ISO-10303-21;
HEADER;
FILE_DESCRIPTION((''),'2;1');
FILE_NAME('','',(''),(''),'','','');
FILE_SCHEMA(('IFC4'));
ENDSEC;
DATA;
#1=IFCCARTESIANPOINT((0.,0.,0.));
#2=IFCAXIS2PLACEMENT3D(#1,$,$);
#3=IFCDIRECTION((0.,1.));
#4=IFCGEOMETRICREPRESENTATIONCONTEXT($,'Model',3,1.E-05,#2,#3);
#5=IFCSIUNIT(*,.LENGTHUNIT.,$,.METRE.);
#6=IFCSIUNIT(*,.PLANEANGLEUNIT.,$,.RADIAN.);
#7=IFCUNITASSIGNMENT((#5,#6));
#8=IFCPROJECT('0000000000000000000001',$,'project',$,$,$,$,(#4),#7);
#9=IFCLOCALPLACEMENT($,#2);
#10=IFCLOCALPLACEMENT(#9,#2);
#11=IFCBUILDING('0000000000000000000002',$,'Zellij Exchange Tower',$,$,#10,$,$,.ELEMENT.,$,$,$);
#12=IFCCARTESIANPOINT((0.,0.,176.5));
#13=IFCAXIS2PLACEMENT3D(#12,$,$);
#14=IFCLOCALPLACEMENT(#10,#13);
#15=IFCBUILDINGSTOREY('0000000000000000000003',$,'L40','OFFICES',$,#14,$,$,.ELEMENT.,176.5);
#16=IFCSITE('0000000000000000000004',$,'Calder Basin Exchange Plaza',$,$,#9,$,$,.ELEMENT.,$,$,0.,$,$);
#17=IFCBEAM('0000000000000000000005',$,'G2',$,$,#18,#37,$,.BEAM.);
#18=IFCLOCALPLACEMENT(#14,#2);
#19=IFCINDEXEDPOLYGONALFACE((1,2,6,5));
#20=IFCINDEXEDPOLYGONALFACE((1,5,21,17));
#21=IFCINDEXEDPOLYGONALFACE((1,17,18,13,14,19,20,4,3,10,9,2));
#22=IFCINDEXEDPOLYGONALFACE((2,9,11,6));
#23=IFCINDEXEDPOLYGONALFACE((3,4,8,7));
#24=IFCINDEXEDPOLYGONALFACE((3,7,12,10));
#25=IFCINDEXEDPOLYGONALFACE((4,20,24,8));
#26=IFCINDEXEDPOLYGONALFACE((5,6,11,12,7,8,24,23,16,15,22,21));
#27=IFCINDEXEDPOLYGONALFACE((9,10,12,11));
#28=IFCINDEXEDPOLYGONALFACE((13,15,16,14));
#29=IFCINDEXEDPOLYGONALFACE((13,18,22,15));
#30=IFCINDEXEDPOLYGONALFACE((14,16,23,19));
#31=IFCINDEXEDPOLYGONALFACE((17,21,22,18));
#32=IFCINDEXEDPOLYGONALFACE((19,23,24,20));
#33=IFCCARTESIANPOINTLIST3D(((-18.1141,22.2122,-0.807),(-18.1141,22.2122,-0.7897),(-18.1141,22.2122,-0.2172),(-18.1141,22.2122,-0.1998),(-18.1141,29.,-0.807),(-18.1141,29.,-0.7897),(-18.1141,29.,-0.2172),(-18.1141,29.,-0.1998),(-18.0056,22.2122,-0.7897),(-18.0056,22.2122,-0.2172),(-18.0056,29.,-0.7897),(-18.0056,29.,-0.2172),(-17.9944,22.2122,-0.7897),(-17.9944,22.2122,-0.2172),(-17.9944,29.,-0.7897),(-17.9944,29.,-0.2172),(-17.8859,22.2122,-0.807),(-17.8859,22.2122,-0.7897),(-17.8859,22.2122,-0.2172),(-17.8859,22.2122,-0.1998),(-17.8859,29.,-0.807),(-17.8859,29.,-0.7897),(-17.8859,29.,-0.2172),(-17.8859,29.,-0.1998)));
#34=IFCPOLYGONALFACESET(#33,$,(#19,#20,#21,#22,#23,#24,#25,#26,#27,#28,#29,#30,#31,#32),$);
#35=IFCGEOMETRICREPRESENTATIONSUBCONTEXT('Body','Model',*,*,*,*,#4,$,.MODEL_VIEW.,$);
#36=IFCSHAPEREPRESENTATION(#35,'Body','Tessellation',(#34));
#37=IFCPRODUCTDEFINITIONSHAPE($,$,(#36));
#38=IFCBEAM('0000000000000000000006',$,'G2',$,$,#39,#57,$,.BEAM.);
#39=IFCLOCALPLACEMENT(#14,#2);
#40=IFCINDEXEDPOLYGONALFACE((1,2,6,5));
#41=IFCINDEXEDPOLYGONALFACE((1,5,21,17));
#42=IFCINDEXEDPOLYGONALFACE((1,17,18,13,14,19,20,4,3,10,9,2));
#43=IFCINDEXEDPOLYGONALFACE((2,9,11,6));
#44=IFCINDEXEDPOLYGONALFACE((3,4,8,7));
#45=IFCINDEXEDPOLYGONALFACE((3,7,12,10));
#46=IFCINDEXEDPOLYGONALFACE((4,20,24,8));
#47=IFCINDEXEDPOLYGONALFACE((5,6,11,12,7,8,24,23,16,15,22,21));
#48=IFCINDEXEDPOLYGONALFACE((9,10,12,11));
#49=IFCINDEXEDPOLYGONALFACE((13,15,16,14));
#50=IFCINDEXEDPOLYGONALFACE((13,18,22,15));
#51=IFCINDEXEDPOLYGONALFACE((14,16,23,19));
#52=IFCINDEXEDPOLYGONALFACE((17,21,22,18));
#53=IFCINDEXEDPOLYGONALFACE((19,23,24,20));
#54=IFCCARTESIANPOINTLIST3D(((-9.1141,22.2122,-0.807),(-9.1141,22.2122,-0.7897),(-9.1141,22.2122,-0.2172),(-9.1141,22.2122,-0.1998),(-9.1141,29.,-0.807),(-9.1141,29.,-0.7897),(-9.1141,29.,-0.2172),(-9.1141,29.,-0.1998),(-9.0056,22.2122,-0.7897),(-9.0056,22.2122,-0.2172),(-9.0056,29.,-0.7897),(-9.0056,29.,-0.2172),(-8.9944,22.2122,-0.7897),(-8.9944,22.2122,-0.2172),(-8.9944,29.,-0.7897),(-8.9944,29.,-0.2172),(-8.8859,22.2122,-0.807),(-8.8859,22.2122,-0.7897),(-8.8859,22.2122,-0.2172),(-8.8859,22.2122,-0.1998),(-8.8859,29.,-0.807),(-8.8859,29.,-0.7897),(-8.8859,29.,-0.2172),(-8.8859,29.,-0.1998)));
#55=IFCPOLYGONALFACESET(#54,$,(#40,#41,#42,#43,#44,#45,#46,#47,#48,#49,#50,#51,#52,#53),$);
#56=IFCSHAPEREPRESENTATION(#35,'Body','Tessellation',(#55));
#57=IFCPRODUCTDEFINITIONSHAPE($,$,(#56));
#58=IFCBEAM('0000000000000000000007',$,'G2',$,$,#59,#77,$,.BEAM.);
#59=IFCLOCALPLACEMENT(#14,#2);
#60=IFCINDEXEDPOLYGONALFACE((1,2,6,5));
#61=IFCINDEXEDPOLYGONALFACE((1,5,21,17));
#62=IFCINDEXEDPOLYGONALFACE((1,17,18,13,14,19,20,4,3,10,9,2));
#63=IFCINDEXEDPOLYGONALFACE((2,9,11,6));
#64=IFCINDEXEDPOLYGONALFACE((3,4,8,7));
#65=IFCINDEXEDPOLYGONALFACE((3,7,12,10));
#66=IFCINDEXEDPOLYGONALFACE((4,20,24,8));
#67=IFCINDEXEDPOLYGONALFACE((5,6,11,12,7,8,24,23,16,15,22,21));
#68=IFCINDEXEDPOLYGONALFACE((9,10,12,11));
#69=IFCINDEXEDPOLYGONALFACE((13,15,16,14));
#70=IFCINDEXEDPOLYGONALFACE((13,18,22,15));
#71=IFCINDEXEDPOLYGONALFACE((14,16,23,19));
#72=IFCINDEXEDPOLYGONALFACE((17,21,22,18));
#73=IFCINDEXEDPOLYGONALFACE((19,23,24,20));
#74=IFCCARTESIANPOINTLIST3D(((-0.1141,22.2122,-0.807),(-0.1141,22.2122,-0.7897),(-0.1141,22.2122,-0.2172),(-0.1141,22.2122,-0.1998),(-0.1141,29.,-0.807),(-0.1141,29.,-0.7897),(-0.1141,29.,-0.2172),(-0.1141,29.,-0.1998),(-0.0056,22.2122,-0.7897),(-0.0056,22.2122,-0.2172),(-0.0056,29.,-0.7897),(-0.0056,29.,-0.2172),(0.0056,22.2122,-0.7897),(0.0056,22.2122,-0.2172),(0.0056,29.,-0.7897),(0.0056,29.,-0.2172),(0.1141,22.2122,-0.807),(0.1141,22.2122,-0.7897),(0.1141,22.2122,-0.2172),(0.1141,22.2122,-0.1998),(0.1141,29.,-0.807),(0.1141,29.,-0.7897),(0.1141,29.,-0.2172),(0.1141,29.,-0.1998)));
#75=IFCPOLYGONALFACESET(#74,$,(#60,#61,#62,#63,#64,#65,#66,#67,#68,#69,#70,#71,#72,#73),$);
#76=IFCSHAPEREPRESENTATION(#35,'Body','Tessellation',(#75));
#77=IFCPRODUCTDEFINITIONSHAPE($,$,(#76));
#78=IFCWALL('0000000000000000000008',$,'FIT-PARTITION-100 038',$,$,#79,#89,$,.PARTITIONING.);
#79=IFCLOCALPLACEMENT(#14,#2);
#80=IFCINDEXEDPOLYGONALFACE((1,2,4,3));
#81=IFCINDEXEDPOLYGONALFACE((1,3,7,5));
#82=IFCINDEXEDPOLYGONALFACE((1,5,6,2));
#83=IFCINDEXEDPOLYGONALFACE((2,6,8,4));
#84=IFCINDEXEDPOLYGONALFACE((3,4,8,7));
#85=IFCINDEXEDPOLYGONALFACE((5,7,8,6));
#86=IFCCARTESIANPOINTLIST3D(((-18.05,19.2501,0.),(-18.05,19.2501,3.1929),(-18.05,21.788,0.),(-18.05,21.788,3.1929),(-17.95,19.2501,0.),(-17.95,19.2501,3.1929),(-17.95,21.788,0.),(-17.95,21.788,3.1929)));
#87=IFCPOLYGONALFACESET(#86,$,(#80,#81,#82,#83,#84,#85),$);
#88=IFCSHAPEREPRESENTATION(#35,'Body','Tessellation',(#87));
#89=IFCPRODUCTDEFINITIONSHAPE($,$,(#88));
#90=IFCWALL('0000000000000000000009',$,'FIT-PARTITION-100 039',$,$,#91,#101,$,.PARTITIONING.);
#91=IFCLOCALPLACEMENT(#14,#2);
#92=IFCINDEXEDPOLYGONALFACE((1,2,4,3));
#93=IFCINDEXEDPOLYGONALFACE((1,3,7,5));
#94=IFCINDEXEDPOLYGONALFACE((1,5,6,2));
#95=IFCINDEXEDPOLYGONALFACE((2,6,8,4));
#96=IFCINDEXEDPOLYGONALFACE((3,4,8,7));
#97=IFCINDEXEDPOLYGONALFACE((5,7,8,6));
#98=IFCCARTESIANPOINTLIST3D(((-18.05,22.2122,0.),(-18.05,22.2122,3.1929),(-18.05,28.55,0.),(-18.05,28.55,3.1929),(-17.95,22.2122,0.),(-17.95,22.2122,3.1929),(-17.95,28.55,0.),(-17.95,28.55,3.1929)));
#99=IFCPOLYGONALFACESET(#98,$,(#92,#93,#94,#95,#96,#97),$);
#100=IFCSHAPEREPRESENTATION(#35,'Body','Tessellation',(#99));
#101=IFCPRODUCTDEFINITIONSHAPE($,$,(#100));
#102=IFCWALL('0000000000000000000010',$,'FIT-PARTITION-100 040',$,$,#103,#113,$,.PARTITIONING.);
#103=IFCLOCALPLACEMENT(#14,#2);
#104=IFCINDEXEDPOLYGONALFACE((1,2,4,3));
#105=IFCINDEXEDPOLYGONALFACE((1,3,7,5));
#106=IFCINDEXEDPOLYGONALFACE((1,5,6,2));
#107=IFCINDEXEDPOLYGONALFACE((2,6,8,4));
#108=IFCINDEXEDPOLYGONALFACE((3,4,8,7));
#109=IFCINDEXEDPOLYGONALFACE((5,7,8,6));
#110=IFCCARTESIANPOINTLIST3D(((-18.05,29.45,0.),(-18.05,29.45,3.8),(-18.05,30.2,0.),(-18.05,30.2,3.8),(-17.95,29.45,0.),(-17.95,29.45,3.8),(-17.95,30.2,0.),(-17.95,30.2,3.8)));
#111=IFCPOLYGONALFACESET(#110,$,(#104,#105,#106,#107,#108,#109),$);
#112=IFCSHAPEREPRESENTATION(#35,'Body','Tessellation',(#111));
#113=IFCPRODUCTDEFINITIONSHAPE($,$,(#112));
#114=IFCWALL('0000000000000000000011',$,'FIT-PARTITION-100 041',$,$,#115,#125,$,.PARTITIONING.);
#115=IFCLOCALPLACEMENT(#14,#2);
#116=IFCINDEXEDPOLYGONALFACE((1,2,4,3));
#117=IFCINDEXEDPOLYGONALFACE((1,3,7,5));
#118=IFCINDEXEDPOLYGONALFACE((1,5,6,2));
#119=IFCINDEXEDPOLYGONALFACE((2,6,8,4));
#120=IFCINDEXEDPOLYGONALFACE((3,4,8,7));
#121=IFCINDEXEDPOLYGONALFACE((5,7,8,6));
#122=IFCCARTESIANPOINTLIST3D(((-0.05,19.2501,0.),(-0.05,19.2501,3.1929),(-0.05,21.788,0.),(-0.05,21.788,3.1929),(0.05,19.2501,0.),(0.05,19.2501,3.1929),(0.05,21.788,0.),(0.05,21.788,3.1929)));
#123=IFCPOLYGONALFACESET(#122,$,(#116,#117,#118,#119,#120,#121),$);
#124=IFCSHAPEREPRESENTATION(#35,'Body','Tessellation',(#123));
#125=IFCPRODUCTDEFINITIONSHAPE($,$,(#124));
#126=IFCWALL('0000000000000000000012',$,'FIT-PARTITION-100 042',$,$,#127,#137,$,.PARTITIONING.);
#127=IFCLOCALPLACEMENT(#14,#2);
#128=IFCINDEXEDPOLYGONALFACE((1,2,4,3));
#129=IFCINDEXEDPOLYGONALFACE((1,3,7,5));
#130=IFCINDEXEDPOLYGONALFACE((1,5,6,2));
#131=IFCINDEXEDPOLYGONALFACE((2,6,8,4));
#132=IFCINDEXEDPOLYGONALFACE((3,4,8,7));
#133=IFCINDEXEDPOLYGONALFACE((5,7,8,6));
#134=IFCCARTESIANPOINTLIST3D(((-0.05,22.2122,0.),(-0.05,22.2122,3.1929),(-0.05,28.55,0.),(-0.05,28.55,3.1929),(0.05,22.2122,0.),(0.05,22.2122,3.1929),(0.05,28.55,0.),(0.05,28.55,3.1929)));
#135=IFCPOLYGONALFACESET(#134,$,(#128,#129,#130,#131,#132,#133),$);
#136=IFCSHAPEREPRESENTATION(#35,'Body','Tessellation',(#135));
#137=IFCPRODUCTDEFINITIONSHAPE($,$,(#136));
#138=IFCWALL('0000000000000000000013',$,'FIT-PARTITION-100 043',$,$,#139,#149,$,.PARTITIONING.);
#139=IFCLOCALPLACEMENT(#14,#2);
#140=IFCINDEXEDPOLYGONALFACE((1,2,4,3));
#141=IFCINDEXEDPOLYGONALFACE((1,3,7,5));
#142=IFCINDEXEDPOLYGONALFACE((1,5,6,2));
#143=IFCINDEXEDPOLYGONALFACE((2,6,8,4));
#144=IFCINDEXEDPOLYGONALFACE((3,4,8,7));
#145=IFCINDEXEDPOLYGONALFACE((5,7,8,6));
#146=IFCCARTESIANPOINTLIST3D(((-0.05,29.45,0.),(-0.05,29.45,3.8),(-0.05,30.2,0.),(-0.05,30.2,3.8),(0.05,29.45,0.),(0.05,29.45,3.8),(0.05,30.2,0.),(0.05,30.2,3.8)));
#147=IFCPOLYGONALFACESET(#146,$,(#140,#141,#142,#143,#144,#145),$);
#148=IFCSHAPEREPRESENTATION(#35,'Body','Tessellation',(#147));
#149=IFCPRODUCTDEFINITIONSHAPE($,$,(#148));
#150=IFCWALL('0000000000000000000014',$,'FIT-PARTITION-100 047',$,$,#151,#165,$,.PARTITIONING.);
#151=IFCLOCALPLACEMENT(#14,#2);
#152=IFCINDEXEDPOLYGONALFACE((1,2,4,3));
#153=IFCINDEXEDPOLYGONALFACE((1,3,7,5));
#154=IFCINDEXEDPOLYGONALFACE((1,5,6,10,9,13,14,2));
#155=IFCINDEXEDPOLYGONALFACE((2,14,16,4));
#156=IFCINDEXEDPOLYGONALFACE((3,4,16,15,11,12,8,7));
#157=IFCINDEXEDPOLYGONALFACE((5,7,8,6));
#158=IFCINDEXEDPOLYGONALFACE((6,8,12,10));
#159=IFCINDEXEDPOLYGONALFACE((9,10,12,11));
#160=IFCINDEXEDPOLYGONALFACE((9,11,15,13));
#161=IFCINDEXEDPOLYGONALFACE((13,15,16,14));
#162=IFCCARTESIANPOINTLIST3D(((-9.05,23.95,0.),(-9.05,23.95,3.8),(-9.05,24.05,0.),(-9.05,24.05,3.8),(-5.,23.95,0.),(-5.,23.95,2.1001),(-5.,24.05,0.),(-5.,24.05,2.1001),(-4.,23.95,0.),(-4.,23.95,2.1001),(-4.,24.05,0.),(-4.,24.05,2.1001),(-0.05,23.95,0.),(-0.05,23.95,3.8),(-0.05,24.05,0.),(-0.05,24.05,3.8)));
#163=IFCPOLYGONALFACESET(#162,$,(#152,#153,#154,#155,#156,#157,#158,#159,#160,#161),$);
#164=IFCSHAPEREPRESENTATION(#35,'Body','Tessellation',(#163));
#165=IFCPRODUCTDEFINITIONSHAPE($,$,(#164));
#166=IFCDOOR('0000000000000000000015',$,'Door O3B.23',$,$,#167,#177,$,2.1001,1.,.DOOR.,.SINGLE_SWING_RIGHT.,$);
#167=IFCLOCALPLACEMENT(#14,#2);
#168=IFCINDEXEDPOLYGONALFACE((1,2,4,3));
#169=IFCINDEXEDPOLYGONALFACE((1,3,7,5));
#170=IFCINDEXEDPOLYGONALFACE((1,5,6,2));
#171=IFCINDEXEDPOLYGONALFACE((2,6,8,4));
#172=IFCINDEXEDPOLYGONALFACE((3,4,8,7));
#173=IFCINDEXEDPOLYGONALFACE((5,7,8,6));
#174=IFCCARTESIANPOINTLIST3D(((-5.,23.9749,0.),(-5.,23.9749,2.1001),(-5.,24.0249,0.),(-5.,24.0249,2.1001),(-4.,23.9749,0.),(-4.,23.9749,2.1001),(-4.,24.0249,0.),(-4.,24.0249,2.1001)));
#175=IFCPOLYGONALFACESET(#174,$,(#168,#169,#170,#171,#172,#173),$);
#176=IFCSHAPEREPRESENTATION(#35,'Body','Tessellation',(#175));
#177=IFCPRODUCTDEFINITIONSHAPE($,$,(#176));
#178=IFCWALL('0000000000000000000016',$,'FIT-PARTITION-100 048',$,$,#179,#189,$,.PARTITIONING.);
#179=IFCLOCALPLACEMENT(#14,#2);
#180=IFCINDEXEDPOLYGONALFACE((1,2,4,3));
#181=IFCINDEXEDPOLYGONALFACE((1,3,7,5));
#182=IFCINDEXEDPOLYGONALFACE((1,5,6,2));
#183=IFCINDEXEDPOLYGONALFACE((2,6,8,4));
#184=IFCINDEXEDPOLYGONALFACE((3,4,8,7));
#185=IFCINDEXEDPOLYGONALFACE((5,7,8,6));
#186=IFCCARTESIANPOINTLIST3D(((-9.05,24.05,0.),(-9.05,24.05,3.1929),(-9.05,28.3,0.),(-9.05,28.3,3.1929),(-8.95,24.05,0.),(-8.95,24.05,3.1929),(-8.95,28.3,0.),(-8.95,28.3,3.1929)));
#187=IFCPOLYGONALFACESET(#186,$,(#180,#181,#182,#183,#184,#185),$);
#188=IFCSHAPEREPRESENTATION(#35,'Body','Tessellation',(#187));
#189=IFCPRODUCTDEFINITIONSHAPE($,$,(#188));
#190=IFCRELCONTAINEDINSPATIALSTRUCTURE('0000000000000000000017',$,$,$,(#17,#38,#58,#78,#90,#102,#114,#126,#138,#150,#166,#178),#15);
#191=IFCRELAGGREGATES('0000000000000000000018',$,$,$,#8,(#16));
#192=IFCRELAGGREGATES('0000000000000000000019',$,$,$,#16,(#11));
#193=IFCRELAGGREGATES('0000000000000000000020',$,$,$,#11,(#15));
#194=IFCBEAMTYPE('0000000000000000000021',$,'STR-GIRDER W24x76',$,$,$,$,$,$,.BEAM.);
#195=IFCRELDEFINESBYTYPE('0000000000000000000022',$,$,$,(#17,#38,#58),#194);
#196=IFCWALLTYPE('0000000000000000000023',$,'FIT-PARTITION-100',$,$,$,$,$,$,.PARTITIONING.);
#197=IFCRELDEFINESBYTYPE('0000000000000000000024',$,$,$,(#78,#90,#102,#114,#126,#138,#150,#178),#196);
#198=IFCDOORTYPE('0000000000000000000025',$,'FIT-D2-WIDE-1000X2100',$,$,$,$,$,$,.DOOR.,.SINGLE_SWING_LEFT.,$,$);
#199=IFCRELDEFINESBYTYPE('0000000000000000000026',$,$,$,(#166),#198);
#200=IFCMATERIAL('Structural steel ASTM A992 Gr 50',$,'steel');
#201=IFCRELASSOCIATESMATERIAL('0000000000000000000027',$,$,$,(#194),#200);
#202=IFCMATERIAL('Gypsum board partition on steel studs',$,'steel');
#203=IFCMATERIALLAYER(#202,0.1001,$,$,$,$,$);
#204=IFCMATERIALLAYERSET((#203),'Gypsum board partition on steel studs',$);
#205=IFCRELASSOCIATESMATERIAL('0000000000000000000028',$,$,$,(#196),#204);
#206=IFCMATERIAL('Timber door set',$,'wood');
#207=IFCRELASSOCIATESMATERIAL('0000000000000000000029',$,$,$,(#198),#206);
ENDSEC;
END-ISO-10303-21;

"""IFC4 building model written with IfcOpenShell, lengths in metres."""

from ifc_helpers import new_model, si_unit, direction, frame, frame_2d, origin, origin_2d, place, context, subcontext, project, spatial, rectangle, i_section, extrude, material, layer, layer_set, material_profile, profile_set, type_object, element, fill, save


model = new_model("IFC4")

# Units and contexts
model_context = context("Model", 3, precision=1e-05, world=origin(), true_north=direction((0.0, 1.0)))
body_context = subcontext(model_context, "Body", "Model", "MODEL_VIEW")
ifc_project = project(units=[si_unit("LENGTHUNIT", "METRE"), si_unit("PLANEANGLEUNIT", "RADIAN")], contexts=[model_context])

# Site, building, storey
site_placement = place(None, origin())
site = spatial("IfcSite", under=ifc_project, at=site_placement, Name="Calder Basin Exchange Plaza", CompositionType="ELEMENT", RefElevation=0.0)
building_placement = place(site_placement, origin())
building = spatial("IfcBuilding", under=site, at=building_placement, Name="Zellij Exchange Tower", CompositionType="ELEMENT")
storey_placement = place(building_placement, frame((0.0, 0.0, 176.5)))
storey = spatial("IfcBuildingStorey", under=building, at=storey_placement, Name="L40", Description="OFFICES", CompositionType="ELEMENT", Elevation=176.5)

# Beams
ifc_material_1 = material(Name="Structural steel ASTM A992 Gr 50", Category="steel")
ifc_material_profile_1 = material_profile(ifc_material_1, i_section(OverallWidth=0.2283, OverallDepth=0.6072, WebThickness=0.0112, FlangeThickness=0.0173, at=origin_2d()), Name="W24x76")
ifc_profile_set_1 = profile_set([ifc_material_profile_1], Name="Structural steel ASTM A992 Gr 50")
beam_type = type_object("IfcBeamType", Name="STR-GIRDER W24x76", PredefinedType="BEAM", material=ifc_profile_set_1)
for number, where, z_axis, x_axis, name in (
    (1, (-18.0, 22.2122, -0.5034), (0.0, 1.0, 0.0), (-1.0, 0.0, 0.0), "G2"),
    (2, (-9.0, 22.2122, -0.5034), (0.0, 1.0, 0.0), (-1.0, 0.0, 0.0), "G2"),
    (3, (0.0, 22.2122, -0.5034), (0.0, 1.0, 0.0), (-1.0, 0.0, 0.0), "G2"),
):
    element("IfcBeam", number, at=place(storey_placement, frame(where, z_axis=z_axis, x_axis=x_axis)), inside=storey, type_object=beam_type, Name=name, PredefinedType="BEAM", context=body_context, shape_type="SweptSolid", body=[
        extrude(i_section(OverallWidth=0.2283, OverallDepth=0.6072, WebThickness=0.0112, FlangeThickness=0.0173, at=origin_2d()), origin(), (0.0, 0.0, 1.0), 6.7878),
    ])

# Walls
ifc_material_2 = material(Name="Gypsum board partition on steel studs", Category="steel")
ifc_layer = layer(ifc_material_2, 0.1001)
ifc_layer_set = layer_set([ifc_layer], Name="Gypsum board partition on steel studs")
wall_type = type_object("IfcWallType", Name="FIT-PARTITION-100", PredefinedType="PARTITIONING", material=ifc_layer_set)
wall_1_placement = place(storey_placement, frame((-18.0, 19.25, 0.0), z_axis=(0.0, 0.0, 1.0), x_axis=(0.0, 1.0, 0.0)))
element("IfcWall", 4, at=wall_1_placement, inside=storey, type_object=wall_type, Name="FIT-PARTITION-100 038", PredefinedType="PARTITIONING", context=body_context, shape_type="SweptSolid", body=[
    extrude(rectangle(XDim=2.5378, YDim=0.1001, at=frame_2d((1.269, 0.0))), origin(), (0.0, 0.0, 1.0), 3.1929),
])
wall_2_placement = place(storey_placement, frame((-18.0, 22.2122, 0.0), z_axis=(0.0, 0.0, 1.0), x_axis=(0.0, 1.0, 0.0)))
element("IfcWall", 5, at=wall_2_placement, inside=storey, type_object=wall_type, Name="FIT-PARTITION-100 039", PredefinedType="PARTITIONING", context=body_context, shape_type="SweptSolid", body=[
    extrude(rectangle(XDim=6.3379, YDim=0.1001, at=frame_2d((3.1689, 0.0))), origin(), (0.0, 0.0, 1.0), 3.1929),
])
wall_3_placement = place(storey_placement, frame((-18.0, 29.45, 0.0), z_axis=(0.0, 0.0, 1.0), x_axis=(0.0, 1.0, 0.0)))
element("IfcWall", 6, at=wall_3_placement, inside=storey, type_object=wall_type, Name="FIT-PARTITION-100 040", PredefinedType="PARTITIONING", context=body_context, shape_type="SweptSolid", body=[
    extrude(rectangle(XDim=0.75, YDim=0.1001, at=frame_2d((0.375, 0.0))), origin(), (0.0, 0.0, 1.0), 3.8),
])
wall_4_placement = place(storey_placement, frame((0.0, 19.25, 0.0), z_axis=(0.0, 0.0, 1.0), x_axis=(0.0, 1.0, 0.0)))
element("IfcWall", 7, at=wall_4_placement, inside=storey, type_object=wall_type, Name="FIT-PARTITION-100 041", PredefinedType="PARTITIONING", context=body_context, shape_type="SweptSolid", body=[
    extrude(rectangle(XDim=2.5378, YDim=0.1001, at=frame_2d((1.269, 0.0))), origin(), (0.0, 0.0, 1.0), 3.1929),
])
wall_5_placement = place(storey_placement, frame((0.0, 22.2122, 0.0), z_axis=(0.0, 0.0, 1.0), x_axis=(0.0, 1.0, 0.0)))
element("IfcWall", 8, at=wall_5_placement, inside=storey, type_object=wall_type, Name="FIT-PARTITION-100 042", PredefinedType="PARTITIONING", context=body_context, shape_type="SweptSolid", body=[
    extrude(rectangle(XDim=6.3379, YDim=0.1001, at=frame_2d((3.1689, 0.0))), origin(), (0.0, 0.0, 1.0), 3.1929),
])
wall_6_placement = place(storey_placement, frame((0.0, 29.45, 0.0), z_axis=(0.0, 0.0, 1.0), x_axis=(0.0, 1.0, 0.0)))
element("IfcWall", 9, at=wall_6_placement, inside=storey, type_object=wall_type, Name="FIT-PARTITION-100 043", PredefinedType="PARTITIONING", context=body_context, shape_type="SweptSolid", body=[
    extrude(rectangle(XDim=0.75, YDim=0.1001, at=frame_2d((0.375, 0.0))), origin(), (0.0, 0.0, 1.0), 3.8),
])

# Wall, opening, door
wall_7_placement = place(storey_placement, frame((-9.05, 24.0, 0.0), z_axis=(0.0, 0.0, 1.0), x_axis=(1.0, 0.0, 0.0)))
wall_7 = element("IfcWall", 10, at=wall_7_placement, inside=storey, type_object=wall_type, Name="FIT-PARTITION-100 047", PredefinedType="PARTITIONING", context=body_context, shape_type="SweptSolid", body=[
    extrude(rectangle(XDim=9.0, YDim=0.1001, at=frame_2d((4.5, 0.0))), origin(), (0.0, 0.0, 1.0), 3.8),
])
opening_placement = place(wall_7_placement, frame((4.05, 0.0, 0.0)))
opening = element("IfcOpeningElement", 11, at=opening_placement, cuts=wall_7, PredefinedType="OPENING", context=body_context, shape_type="SweptSolid", body=[
    extrude(rectangle(XDim=1.0, YDim=2.1001, at=frame_2d((0.5, 1.05))), frame((0.0, 0.062, 0.0), z_axis=(0.0, -1.0, 0.0), x_axis=(1.0, 0.0, 0.0)), (0.0, 0.0, 1.0), 0.124),
])
ifc_material_3 = material(Name="Timber door set", Category="wood")
door_type = type_object("IfcDoorType", Name="FIT-D2-WIDE-1000X2100", OperationType="SINGLE_SWING_LEFT", PredefinedType="DOOR", material=ifc_material_3)
door_placement = place(opening_placement, origin())
door = element("IfcDoor", 12, at=door_placement, inside=storey, type_object=door_type, Name="Door O3B.23", OperationType="SINGLE_SWING_RIGHT", OverallHeight=2.1001, OverallWidth=1.0, PredefinedType="DOOR", context=body_context, shape_type="SweptSolid", body=[
    extrude(rectangle(XDim=1.0, YDim=2.1001, at=frame_2d((0.5, 1.05))), frame((0.0, 0.0249, 0.0), z_axis=(0.0, -1.0, 0.0), x_axis=(1.0, 0.0, 0.0)), (0.0, 0.0, 1.0), 0.05),
])
fill(opening, door)

# Wall
wall_8_placement = place(storey_placement, frame((-9.0, 24.05, 0.0), z_axis=(0.0, 0.0, 1.0), x_axis=(0.0, 1.0, 0.0)))
element("IfcWall", 13, at=wall_8_placement, inside=storey, type_object=wall_type, Name="FIT-PARTITION-100 048", PredefinedType="PARTITIONING", context=body_context, shape_type="SweptSolid", body=[
    extrude(rectangle(XDim=4.25, YDim=0.1001, at=frame_2d((2.125, 0.0))), origin(), (0.0, 0.0, 1.0), 3.1929),
])

save(model, "model.ifc")
